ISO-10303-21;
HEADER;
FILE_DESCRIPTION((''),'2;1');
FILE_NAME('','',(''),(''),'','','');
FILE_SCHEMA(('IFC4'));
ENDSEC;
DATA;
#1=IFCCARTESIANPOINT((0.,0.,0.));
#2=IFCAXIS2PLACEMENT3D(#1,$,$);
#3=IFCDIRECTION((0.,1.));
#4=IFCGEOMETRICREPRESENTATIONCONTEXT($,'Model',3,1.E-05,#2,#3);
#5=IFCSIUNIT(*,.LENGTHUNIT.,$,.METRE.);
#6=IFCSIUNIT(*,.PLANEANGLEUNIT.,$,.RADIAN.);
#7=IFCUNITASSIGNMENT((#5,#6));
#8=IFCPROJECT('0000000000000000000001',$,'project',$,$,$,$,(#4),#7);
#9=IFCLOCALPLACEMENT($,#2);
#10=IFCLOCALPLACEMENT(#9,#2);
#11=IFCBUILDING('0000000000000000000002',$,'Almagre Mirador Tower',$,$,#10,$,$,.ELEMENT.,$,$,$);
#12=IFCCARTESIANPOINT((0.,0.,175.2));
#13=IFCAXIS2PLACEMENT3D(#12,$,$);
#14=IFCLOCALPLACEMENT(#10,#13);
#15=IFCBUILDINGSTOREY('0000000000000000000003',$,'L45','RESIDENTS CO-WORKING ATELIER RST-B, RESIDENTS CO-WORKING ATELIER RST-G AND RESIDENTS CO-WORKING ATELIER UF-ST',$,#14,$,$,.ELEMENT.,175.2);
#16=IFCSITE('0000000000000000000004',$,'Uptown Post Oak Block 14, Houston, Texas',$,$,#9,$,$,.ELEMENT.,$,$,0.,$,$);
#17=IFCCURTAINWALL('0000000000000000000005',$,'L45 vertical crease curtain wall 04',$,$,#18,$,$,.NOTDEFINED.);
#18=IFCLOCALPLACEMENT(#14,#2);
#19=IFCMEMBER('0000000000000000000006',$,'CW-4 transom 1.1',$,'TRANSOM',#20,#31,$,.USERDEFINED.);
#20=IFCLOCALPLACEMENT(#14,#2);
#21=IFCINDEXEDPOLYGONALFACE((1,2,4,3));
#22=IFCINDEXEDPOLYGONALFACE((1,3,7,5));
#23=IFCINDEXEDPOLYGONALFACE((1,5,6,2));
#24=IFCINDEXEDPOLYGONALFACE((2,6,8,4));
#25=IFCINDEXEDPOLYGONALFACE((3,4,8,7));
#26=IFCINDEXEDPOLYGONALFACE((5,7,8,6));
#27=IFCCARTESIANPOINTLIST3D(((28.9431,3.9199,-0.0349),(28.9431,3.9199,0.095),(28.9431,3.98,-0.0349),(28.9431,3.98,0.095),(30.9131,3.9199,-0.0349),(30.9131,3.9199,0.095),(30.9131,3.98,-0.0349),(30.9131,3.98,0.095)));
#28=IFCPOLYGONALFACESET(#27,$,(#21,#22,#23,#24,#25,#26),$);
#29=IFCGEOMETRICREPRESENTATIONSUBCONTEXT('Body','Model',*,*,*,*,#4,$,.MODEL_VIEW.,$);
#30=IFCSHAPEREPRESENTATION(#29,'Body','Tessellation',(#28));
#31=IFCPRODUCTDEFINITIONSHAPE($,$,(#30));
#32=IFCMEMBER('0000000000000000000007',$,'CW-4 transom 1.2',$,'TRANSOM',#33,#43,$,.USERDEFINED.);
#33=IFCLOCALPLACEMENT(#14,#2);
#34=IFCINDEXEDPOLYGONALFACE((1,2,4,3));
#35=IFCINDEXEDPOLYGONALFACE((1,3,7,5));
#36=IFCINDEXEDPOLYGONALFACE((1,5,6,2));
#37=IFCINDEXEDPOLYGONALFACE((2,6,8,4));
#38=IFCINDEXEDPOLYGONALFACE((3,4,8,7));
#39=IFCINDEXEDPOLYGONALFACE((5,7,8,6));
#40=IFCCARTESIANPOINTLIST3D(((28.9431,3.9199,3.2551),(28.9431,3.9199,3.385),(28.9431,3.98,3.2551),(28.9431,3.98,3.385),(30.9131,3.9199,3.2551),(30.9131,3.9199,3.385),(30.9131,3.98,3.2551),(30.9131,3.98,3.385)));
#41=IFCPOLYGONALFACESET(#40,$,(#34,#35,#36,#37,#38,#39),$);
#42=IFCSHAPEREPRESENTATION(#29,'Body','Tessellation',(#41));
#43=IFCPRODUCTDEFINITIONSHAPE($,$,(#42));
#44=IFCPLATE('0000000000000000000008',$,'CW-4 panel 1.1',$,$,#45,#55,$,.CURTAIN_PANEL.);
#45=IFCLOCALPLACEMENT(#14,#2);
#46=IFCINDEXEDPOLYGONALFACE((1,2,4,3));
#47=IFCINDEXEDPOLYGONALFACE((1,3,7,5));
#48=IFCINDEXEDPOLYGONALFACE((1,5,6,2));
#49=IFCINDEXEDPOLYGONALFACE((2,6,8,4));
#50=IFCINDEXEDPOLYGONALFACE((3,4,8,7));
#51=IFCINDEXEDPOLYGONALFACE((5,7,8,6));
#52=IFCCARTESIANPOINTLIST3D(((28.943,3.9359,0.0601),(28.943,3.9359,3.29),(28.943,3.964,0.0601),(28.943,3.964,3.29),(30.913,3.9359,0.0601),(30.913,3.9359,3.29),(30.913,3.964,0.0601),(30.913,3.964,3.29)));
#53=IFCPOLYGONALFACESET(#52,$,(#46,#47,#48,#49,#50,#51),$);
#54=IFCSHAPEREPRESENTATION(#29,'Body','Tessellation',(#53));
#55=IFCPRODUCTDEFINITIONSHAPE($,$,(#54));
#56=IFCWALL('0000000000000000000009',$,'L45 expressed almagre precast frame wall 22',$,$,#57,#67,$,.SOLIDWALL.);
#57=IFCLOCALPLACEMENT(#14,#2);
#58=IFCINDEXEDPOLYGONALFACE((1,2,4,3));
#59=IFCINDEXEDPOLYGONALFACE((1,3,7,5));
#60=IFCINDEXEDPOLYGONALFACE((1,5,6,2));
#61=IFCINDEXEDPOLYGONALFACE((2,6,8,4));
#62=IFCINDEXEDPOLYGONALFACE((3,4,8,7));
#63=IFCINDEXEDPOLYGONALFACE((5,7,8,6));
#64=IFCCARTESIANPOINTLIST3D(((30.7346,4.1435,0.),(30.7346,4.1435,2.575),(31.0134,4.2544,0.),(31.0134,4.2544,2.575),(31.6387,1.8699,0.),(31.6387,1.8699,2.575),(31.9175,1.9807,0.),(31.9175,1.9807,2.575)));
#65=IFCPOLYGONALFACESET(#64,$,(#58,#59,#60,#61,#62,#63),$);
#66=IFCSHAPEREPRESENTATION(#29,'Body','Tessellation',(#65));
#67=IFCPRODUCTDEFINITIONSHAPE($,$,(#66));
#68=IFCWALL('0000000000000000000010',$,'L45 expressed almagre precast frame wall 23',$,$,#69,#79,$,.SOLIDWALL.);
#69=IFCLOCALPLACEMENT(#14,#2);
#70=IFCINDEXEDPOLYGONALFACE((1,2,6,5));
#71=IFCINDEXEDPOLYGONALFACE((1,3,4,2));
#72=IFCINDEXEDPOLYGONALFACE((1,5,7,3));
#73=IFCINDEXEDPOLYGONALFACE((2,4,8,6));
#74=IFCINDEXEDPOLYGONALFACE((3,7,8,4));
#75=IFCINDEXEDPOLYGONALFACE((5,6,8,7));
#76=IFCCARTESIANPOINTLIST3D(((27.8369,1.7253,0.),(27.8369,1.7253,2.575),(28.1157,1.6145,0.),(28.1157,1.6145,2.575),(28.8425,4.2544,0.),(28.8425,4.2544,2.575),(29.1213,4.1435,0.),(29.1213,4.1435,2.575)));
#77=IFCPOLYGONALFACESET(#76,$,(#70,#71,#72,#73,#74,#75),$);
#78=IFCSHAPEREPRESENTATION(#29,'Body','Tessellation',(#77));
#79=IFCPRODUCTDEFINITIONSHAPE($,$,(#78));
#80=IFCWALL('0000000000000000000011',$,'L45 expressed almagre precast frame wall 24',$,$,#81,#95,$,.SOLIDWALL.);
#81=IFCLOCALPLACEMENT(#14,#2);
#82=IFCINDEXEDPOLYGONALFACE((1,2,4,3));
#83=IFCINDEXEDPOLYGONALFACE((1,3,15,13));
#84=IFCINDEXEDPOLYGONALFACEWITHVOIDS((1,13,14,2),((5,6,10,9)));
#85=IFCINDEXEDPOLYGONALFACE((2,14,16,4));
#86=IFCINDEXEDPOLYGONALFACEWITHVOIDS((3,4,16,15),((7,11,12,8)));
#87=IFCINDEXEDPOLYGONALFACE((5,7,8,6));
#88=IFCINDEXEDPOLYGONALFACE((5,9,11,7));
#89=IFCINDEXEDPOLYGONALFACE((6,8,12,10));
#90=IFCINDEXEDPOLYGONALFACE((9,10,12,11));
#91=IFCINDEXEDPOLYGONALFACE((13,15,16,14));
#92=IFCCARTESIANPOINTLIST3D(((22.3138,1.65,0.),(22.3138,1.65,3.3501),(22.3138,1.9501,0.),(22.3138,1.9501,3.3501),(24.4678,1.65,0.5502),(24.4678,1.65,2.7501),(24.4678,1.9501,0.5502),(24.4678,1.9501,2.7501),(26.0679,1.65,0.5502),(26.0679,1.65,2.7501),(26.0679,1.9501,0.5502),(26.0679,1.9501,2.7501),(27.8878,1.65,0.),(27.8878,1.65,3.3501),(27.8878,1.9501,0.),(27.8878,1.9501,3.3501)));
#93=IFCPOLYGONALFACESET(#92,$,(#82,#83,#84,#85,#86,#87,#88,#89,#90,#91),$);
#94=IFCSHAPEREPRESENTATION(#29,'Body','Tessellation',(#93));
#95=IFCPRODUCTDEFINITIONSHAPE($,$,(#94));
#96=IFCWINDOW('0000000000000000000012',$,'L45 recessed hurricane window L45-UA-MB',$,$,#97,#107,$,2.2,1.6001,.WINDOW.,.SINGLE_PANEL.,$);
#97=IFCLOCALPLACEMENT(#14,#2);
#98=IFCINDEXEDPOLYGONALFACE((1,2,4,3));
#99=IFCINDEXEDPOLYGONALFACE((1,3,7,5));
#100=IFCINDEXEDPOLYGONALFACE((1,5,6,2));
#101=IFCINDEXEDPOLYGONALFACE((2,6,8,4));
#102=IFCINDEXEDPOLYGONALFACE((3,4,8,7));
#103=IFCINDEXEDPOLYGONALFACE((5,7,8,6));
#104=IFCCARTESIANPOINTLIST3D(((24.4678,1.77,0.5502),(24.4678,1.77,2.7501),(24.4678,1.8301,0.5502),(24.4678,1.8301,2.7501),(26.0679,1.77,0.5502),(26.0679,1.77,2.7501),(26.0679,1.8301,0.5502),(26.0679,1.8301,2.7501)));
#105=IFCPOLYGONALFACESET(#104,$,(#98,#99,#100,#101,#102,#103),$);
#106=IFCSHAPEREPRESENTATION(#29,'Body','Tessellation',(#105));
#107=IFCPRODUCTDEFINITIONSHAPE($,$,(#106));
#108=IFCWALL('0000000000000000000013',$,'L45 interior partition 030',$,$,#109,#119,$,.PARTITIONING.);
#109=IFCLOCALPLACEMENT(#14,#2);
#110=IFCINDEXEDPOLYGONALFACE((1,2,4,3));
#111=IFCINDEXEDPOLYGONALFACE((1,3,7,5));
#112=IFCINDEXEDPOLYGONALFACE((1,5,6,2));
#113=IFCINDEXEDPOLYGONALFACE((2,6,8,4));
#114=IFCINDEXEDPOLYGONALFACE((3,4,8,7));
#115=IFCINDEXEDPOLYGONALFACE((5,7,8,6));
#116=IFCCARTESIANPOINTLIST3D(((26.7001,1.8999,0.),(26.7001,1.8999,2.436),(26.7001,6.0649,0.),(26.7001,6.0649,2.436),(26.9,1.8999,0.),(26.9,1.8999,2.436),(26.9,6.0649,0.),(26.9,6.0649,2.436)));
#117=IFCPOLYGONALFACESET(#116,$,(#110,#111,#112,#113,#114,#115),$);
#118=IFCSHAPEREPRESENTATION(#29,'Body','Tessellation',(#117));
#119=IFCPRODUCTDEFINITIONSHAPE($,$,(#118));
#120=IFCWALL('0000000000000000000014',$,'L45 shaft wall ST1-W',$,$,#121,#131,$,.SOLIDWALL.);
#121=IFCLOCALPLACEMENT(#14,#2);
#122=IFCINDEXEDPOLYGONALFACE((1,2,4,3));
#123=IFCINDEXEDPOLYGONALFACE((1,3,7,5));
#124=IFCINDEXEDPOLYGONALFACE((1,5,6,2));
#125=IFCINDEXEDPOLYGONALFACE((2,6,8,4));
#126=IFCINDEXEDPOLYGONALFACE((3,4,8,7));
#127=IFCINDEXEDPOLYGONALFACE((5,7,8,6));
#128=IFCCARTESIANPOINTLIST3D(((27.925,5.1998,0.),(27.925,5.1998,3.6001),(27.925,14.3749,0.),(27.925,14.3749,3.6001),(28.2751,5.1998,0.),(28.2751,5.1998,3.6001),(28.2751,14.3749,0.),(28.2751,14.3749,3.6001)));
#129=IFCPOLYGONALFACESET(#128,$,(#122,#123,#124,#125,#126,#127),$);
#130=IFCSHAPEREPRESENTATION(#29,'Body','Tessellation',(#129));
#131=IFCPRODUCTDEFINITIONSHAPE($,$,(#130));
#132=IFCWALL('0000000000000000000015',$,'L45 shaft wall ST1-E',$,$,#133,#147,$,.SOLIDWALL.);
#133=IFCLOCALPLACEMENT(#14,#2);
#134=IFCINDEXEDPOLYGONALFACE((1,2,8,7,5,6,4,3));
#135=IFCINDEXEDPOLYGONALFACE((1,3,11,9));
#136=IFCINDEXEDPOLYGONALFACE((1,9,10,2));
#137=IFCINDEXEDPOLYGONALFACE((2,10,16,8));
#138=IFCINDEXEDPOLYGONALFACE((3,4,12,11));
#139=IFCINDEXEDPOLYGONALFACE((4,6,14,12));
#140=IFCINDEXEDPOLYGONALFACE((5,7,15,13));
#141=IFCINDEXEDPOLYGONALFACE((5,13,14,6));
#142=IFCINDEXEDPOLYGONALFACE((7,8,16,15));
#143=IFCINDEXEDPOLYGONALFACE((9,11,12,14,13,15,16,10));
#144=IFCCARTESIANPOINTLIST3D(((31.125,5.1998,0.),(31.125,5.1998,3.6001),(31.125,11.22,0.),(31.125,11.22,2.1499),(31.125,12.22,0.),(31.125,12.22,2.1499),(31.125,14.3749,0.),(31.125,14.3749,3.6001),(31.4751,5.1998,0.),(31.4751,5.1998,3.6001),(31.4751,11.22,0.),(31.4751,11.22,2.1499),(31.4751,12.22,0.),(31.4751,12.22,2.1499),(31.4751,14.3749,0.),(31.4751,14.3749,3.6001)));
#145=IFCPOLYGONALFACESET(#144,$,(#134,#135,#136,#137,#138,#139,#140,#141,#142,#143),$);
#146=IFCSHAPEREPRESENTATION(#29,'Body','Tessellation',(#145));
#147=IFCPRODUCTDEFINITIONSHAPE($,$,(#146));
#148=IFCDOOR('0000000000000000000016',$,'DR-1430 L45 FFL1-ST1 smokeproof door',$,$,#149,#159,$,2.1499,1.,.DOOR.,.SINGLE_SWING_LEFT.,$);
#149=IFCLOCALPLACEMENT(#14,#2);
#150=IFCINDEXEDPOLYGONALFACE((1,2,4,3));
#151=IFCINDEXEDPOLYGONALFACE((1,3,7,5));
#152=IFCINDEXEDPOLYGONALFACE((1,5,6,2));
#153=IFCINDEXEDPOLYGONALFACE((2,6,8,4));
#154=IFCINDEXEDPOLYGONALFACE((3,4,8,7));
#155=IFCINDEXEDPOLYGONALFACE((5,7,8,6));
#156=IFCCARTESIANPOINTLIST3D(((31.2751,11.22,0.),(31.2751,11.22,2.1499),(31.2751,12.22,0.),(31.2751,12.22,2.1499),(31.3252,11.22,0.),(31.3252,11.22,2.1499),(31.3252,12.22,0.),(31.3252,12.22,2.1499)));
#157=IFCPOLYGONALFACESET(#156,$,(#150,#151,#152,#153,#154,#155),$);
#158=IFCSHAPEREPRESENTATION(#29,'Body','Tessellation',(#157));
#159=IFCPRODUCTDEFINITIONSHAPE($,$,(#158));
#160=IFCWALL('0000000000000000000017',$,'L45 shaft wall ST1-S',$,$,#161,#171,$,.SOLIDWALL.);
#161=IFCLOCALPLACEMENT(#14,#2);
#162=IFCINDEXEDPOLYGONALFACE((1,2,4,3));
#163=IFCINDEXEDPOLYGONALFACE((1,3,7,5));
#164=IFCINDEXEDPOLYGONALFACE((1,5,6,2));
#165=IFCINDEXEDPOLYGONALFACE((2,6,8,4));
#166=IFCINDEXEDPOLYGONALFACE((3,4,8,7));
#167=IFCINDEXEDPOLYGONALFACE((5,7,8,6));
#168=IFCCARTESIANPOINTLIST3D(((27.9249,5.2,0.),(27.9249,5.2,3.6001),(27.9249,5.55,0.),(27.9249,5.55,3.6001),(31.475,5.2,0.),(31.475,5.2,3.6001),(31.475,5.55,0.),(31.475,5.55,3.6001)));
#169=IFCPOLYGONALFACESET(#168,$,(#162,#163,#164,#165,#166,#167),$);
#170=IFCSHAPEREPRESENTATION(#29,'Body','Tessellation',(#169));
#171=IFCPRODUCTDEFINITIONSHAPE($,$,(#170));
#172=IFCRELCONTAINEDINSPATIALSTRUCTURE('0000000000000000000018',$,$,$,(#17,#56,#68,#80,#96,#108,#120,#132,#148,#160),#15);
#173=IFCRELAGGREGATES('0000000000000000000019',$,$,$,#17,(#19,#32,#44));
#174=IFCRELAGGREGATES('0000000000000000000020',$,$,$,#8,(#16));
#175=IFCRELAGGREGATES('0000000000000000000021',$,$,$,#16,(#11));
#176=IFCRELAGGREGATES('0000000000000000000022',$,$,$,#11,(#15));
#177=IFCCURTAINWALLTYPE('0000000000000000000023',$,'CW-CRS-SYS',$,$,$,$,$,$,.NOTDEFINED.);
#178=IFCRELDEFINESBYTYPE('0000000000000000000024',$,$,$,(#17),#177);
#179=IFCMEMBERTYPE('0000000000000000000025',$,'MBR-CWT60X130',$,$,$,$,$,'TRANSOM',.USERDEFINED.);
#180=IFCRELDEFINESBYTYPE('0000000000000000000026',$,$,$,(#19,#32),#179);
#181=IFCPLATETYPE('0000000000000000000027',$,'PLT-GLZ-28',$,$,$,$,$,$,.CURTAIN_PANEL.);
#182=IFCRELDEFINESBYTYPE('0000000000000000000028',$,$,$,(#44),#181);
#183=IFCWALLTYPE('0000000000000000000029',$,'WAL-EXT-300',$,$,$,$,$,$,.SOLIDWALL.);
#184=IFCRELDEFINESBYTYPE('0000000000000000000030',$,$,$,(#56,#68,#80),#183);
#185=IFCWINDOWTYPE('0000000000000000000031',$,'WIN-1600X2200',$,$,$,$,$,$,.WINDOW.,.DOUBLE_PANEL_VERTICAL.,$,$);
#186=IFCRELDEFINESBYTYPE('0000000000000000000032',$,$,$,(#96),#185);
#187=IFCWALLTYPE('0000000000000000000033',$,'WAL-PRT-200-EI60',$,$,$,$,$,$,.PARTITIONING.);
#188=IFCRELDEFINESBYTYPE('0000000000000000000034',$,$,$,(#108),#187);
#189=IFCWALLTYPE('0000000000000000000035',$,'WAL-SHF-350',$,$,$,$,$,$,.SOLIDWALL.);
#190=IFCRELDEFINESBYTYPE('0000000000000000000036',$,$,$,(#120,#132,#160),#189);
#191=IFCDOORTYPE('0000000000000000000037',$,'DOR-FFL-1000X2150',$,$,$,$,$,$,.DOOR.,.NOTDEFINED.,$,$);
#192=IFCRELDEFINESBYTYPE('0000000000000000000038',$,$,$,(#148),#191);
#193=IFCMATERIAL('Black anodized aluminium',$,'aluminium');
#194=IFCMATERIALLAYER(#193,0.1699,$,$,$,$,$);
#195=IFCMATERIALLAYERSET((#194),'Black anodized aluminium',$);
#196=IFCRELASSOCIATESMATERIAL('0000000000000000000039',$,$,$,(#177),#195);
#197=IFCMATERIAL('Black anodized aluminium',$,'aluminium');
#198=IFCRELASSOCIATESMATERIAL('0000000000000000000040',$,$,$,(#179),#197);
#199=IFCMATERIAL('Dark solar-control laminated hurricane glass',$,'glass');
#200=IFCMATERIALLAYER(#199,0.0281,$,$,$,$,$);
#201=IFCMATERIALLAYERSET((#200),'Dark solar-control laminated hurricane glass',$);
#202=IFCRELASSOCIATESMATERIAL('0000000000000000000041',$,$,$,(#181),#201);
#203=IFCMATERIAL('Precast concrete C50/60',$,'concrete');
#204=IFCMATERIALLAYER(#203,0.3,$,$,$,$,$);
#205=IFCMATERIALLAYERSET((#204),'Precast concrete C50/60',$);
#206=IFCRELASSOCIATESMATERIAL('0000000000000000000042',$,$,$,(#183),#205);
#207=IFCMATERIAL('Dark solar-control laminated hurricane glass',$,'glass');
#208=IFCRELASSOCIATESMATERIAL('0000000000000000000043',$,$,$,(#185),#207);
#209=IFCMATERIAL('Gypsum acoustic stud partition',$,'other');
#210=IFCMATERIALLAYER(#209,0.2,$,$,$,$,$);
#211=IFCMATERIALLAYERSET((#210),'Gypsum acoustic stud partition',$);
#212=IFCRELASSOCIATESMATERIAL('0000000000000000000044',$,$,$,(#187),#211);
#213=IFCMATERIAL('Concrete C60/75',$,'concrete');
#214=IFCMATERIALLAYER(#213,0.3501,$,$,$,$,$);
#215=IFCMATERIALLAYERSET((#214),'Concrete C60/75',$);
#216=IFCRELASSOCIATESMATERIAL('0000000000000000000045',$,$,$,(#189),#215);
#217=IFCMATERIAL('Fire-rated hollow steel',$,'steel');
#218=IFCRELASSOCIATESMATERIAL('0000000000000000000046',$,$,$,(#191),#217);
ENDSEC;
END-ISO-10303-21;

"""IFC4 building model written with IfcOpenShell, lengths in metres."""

from ifc_helpers import new_model, si_unit, direction, frame, frame_2d, origin, origin_2d, place, context, subcontext, project, spatial, rectangle, extrude, material, layer, layer_set, material_profile, profile_set, type_object, element, fill, aggregate, save


model = new_model("IFC4")

# Units and contexts
model_context = context("Model", 3, precision=1e-05, world=origin(), true_north=direction((0.0, 1.0)))
body_context = subcontext(model_context, "Body", "Model", "MODEL_VIEW")
ifc_project = project(units=[si_unit("LENGTHUNIT", "METRE"), si_unit("PLANEANGLEUNIT", "RADIAN")], contexts=[model_context])

# Site, building, storey
site_placement = place(None, origin())
site = spatial("IfcSite", under=ifc_project, at=site_placement, Name="Uptown Post Oak Block 14, Houston, Texas", CompositionType="ELEMENT", RefElevation=0.0)
building_placement = place(site_placement, origin())
building = spatial("IfcBuilding", under=site, at=building_placement, Name="Almagre Mirador Tower", CompositionType="ELEMENT")
storey_placement = place(building_placement, frame((0.0, 0.0, 175.2)))
storey = spatial("IfcBuildingStorey", under=building, at=storey_placement, Name="L45", Description="RESIDENTS CO-WORKING ATELIER RST-B, RESIDENTS CO-WORKING ATELIER RST-G AND RESIDENTS CO-WORKING ATELIER UF-ST", CompositionType="ELEMENT", Elevation=175.2)

# Curtain wall, members, plate
ifc_material_1 = material(Name="Black anodized aluminium", Category="aluminium")
ifc_layer_1 = layer(ifc_material_1, 0.1699)
ifc_layer_set_1 = layer_set([ifc_layer_1], Name="Black anodized aluminium")
curtain_wall_type = type_object("IfcCurtainWallType", Name="CW-CRS-SYS", PredefinedType="NOTDEFINED", material=ifc_layer_set_1)
curtain_wall_placement = place(storey_placement, origin())
curtain_wall = element("IfcCurtainWall", 1, at=curtain_wall_placement, inside=storey, type_object=curtain_wall_type, Name="L45 vertical crease curtain wall 04", PredefinedType="NOTDEFINED")
ifc_material_2 = material(Name="Black anodized aluminium", Category="aluminium")
ifc_material_profile_1 = material_profile(ifc_material_2, rectangle(XDim=0.0601, YDim=0.1299, at=origin_2d()), Name="CWT60X130")
ifc_profile_set_1 = profile_set([ifc_material_profile_1], Name="Black anodized aluminium")
member_type_1 = type_object("IfcMemberType", Name="MBR-CWT60X130", ElementType="TRANSOM", PredefinedType="USERDEFINED", material=ifc_profile_set_1)
member_1_placement = place(storey_placement, frame((30.9131, 3.95, 0.03), z_axis=(-1.0, 0.0, 0.0), x_axis=(0.0, -1.0, 0.0)))
member_1 = element("IfcMember", 2, at=member_1_placement, type_object=member_type_1, Name="CW-4 transom 1.1", ObjectType="TRANSOM", PredefinedType="USERDEFINED", context=body_context, shape_type="SweptSolid", body=[
    extrude(rectangle(XDim=0.0601, YDim=0.1299, at=origin_2d()), origin(), (0.0, 0.0, 1.0), 1.97),
])
member_2_placement = place(storey_placement, frame((30.9131, 3.95, 3.3201), z_axis=(-1.0, 0.0, 0.0), x_axis=(0.0, -1.0, 0.0)))
member_2 = element("IfcMember", 3, at=member_2_placement, type_object=member_type_1, Name="CW-4 transom 1.2", ObjectType="TRANSOM", PredefinedType="USERDEFINED", context=body_context, shape_type="SweptSolid", body=[
    extrude(rectangle(XDim=0.0601, YDim=0.1299, at=origin_2d()), origin(), (0.0, 0.0, 1.0), 1.97),
])
ifc_material_3 = material(Name="Dark solar-control laminated hurricane glass", Category="glass")
ifc_layer_2 = layer(ifc_material_3, 0.0281)
ifc_layer_set_2 = layer_set([ifc_layer_2], Name="Dark solar-control laminated hurricane glass")
plate_type = type_object("IfcPlateType", Name="PLT-GLZ-28", PredefinedType="CURTAIN_PANEL", material=ifc_layer_set_2)
plate_placement = place(storey_placement, frame((29.928, 3.95, 0.0601), z_axis=(0.0, 0.0, 1.0), x_axis=(-1.0, 0.0, 0.0)))
plate = element("IfcPlate", 4, at=plate_placement, type_object=plate_type, Name="CW-4 panel 1.1", PredefinedType="CURTAIN_PANEL", context=body_context, shape_type="SweptSolid", body=[
    extrude(rectangle(XDim=1.97, YDim=0.0281, at=origin_2d()), origin(), (0.0, 0.0, 1.0), 3.23),
])
aggregate(curtain_wall, [member_1, member_2, plate])

# Walls
ifc_material_4 = material(Name="Precast concrete C50/60", Category="concrete")
ifc_layer_3 = layer(ifc_material_4, 0.3)
ifc_layer_set_3 = layer_set([ifc_layer_3], Name="Precast concrete C50/60")
wall_type_1 = type_object("IfcWallType", Name="WAL-EXT-300", PredefinedType="SOLIDWALL", material=ifc_layer_set_3)
wall_1_placement = place(storey_placement, frame((31.7781, 1.9253, 0.0), z_axis=(0.0, 0.0, 1.0), x_axis=(-0.36948, 0.929239, 0.0)))
element("IfcWall", 5, at=wall_1_placement, inside=storey, type_object=wall_type_1, Name="L45 expressed almagre precast frame wall 22", PredefinedType="SOLIDWALL", context=body_context, shape_type="SweptSolid", body=[
    extrude(rectangle(XDim=2.4468, YDim=0.3, at=frame_2d((1.2234, 0.0))), origin(), (0.0, 0.0, 1.0), 2.575),
])
wall_2_placement = place(storey_placement, frame((28.9819, 4.199, 0.0), z_axis=(0.0, 0.0, 1.0), x_axis=(-0.369488, -0.929236, 0.0)))
element("IfcWall", 6, at=wall_2_placement, inside=storey, type_object=wall_type_1, Name="L45 expressed almagre precast frame wall 23", PredefinedType="SOLIDWALL", context=body_context, shape_type="SweptSolid", body=[
    extrude(rectangle(XDim=2.7217, YDim=0.3, at=frame_2d((1.3608, 0.0))), origin(), (0.0, 0.0, 1.0), 2.575),
])

# Wall, opening, window
wall_3_placement = place(storey_placement, frame((27.8879, 1.8, 0.0), z_axis=(0.0, 0.0, 1.0), x_axis=(-1.0, 0.0, 0.0)))
wall_3 = element("IfcWall", 7, at=wall_3_placement, inside=storey, type_object=wall_type_1, Name="L45 expressed almagre precast frame wall 24", PredefinedType="SOLIDWALL", context=body_context, shape_type="SweptSolid", body=[
    extrude(rectangle(XDim=5.574, YDim=0.3, at=frame_2d((2.7871, 0.0))), origin(), (0.0, 0.0, 1.0), 3.3501),
])
opening_1_placement = place(wall_3_placement, frame((1.8201, 0.0, 0.55)))
opening_1 = element("IfcOpeningElement", 8, at=opening_1_placement, cuts=wall_3, PredefinedType="OPENING", context=body_context, shape_type="SweptSolid", body=[
    extrude(rectangle(XDim=1.6001, YDim=2.2, at=frame_2d((0.8, 1.1001))), frame((0.0, 0.1599, 0.0), z_axis=(0.0, -1.0, 0.0), x_axis=(1.0, 0.0, 0.0)), (0.0, 0.0, 1.0), 0.32),
])
ifc_material_5 = material(Name="Dark solar-control laminated hurricane glass", Category="glass")
window_type = type_object("IfcWindowType", Name="WIN-1600X2200", PartitioningType="DOUBLE_PANEL_VERTICAL", PredefinedType="WINDOW", material=ifc_material_5)
window_placement = place(opening_1_placement, origin())
window = element("IfcWindow", 9, at=window_placement, inside=storey, type_object=window_type, Name="L45 recessed hurricane window L45-UA-MB", OverallHeight=2.2, OverallWidth=1.6001, PartitioningType="SINGLE_PANEL", PredefinedType="WINDOW", context=body_context, shape_type="SweptSolid", body=[
    extrude(rectangle(XDim=1.6001, YDim=2.2, at=frame_2d((0.8, 1.1001))), frame((0.0, 0.03, 0.0), z_axis=(0.0, -1.0, 0.0), x_axis=(1.0, 0.0, 0.0)), (0.0, 0.0, 1.0), 0.0601),
])
fill(opening_1, window)

# Walls
ifc_material_6 = material(Name="Gypsum acoustic stud partition", Category="other")
ifc_layer_4 = layer(ifc_material_6, 0.2)
ifc_layer_set_4 = layer_set([ifc_layer_4], Name="Gypsum acoustic stud partition")
wall_type_2 = type_object("IfcWallType", Name="WAL-PRT-200-EI60", PredefinedType="PARTITIONING", material=ifc_layer_set_4)
wall_4_placement = place(storey_placement, frame((26.8, 1.8999, 0.0), z_axis=(0.0, 0.0, 1.0), x_axis=(0.0, 1.0, 0.0)))
element("IfcWall", 10, at=wall_4_placement, inside=storey, type_object=wall_type_2, Name="L45 interior partition 030", PredefinedType="PARTITIONING", context=body_context, shape_type="SweptSolid", body=[
    extrude(rectangle(XDim=4.165, YDim=0.2, at=frame_2d((2.0825, 0.0))), origin(), (0.0, 0.0, 1.0), 2.436),
])
ifc_material_7 = material(Name="Concrete C60/75", Category="concrete")
ifc_layer_5 = layer(ifc_material_7, 0.3501)
ifc_layer_set_5 = layer_set([ifc_layer_5], Name="Concrete C60/75")
wall_type_3 = type_object("IfcWallType", Name="WAL-SHF-350", PredefinedType="SOLIDWALL", material=ifc_layer_set_5)
wall_5_placement = place(storey_placement, frame((28.1001, 5.2, 0.0), z_axis=(0.0, 0.0, 1.0), x_axis=(0.0, 1.0, 0.0)))
element("IfcWall", 11, at=wall_5_placement, inside=storey, type_object=wall_type_3, Name="L45 shaft wall ST1-W", PredefinedType="SOLIDWALL", context=body_context, shape_type="SweptSolid", body=[
    extrude(rectangle(XDim=9.175, YDim=0.3501, at=frame_2d((4.5874, 0.0))), origin(), (0.0, 0.0, 1.0), 3.6001),
])

# Wall, opening, door
wall_6_placement = place(storey_placement, frame((31.3, 5.2, 0.0), z_axis=(0.0, 0.0, 1.0), x_axis=(0.0, 1.0, 0.0)))
wall_6 = element("IfcWall", 12, at=wall_6_placement, inside=storey, type_object=wall_type_3, Name="L45 shaft wall ST1-E", PredefinedType="SOLIDWALL", context=body_context, shape_type="SweptSolid", body=[
    extrude(rectangle(XDim=9.175, YDim=0.3501, at=frame_2d((4.5874, 0.0))), origin(), (0.0, 0.0, 1.0), 3.6001),
])
opening_2_placement = place(wall_6_placement, frame((6.02, 0.0, 0.0)))
opening_2 = element("IfcOpeningElement", 13, at=opening_2_placement, cuts=wall_6, PredefinedType="OPENING", context=body_context, shape_type="SweptSolid", body=[
    extrude(rectangle(XDim=1.0, YDim=2.1499, at=frame_2d((0.5, 1.075))), frame((0.0, 0.185, 0.0), z_axis=(0.0, -1.0, 0.0), x_axis=(1.0, 0.0, 0.0)), (0.0, 0.0, 1.0), 0.3701),
])
ifc_material_8 = material(Name="Fire-rated hollow steel", Category="steel")
door_type_1 = type_object("IfcDoorType", Name="DOR-FFL-1000X2150", OperationType="NOTDEFINED", PredefinedType="DOOR", material=ifc_material_8)
door_1_placement = place(opening_2_placement, origin())
door_1 = element("IfcDoor", 14, at=door_1_placement, inside=storey, type_object=door_type_1, Name="DR-1430 L45 FFL1-ST1 smokeproof door", OperationType="SINGLE_SWING_LEFT", OverallHeight=2.1499, OverallWidth=1.0, PredefinedType="DOOR", context=body_context, shape_type="SweptSolid", body=[
    extrude(rectangle(XDim=1.0, YDim=2.1499, at=frame_2d((0.5, 1.075))), frame((0.0, 0.0249, 0.0), z_axis=(0.0, -1.0, 0.0), x_axis=(1.0, 0.0, 0.0)), (0.0, 0.0, 1.0), 0.05),
])
fill(opening_2, door_1)

# Wall
wall_7_placement = place(storey_placement, frame((27.925, 5.375, 0.0), z_axis=(0.0, 0.0, 1.0), x_axis=(1.0, 0.0, 0.0)))
element("IfcWall", 15, at=wall_7_placement, inside=storey, type_object=wall_type_3, Name="L45 shaft wall ST1-S", PredefinedType="SOLIDWALL", context=body_context, shape_type="SweptSolid", body=[
    extrude(rectangle(XDim=3.55, YDim=0.3501, at=frame_2d((1.7749, 0.0))), origin(), (0.0, 0.0, 1.0), 3.6001),
])

save(model, "model.ifc")
